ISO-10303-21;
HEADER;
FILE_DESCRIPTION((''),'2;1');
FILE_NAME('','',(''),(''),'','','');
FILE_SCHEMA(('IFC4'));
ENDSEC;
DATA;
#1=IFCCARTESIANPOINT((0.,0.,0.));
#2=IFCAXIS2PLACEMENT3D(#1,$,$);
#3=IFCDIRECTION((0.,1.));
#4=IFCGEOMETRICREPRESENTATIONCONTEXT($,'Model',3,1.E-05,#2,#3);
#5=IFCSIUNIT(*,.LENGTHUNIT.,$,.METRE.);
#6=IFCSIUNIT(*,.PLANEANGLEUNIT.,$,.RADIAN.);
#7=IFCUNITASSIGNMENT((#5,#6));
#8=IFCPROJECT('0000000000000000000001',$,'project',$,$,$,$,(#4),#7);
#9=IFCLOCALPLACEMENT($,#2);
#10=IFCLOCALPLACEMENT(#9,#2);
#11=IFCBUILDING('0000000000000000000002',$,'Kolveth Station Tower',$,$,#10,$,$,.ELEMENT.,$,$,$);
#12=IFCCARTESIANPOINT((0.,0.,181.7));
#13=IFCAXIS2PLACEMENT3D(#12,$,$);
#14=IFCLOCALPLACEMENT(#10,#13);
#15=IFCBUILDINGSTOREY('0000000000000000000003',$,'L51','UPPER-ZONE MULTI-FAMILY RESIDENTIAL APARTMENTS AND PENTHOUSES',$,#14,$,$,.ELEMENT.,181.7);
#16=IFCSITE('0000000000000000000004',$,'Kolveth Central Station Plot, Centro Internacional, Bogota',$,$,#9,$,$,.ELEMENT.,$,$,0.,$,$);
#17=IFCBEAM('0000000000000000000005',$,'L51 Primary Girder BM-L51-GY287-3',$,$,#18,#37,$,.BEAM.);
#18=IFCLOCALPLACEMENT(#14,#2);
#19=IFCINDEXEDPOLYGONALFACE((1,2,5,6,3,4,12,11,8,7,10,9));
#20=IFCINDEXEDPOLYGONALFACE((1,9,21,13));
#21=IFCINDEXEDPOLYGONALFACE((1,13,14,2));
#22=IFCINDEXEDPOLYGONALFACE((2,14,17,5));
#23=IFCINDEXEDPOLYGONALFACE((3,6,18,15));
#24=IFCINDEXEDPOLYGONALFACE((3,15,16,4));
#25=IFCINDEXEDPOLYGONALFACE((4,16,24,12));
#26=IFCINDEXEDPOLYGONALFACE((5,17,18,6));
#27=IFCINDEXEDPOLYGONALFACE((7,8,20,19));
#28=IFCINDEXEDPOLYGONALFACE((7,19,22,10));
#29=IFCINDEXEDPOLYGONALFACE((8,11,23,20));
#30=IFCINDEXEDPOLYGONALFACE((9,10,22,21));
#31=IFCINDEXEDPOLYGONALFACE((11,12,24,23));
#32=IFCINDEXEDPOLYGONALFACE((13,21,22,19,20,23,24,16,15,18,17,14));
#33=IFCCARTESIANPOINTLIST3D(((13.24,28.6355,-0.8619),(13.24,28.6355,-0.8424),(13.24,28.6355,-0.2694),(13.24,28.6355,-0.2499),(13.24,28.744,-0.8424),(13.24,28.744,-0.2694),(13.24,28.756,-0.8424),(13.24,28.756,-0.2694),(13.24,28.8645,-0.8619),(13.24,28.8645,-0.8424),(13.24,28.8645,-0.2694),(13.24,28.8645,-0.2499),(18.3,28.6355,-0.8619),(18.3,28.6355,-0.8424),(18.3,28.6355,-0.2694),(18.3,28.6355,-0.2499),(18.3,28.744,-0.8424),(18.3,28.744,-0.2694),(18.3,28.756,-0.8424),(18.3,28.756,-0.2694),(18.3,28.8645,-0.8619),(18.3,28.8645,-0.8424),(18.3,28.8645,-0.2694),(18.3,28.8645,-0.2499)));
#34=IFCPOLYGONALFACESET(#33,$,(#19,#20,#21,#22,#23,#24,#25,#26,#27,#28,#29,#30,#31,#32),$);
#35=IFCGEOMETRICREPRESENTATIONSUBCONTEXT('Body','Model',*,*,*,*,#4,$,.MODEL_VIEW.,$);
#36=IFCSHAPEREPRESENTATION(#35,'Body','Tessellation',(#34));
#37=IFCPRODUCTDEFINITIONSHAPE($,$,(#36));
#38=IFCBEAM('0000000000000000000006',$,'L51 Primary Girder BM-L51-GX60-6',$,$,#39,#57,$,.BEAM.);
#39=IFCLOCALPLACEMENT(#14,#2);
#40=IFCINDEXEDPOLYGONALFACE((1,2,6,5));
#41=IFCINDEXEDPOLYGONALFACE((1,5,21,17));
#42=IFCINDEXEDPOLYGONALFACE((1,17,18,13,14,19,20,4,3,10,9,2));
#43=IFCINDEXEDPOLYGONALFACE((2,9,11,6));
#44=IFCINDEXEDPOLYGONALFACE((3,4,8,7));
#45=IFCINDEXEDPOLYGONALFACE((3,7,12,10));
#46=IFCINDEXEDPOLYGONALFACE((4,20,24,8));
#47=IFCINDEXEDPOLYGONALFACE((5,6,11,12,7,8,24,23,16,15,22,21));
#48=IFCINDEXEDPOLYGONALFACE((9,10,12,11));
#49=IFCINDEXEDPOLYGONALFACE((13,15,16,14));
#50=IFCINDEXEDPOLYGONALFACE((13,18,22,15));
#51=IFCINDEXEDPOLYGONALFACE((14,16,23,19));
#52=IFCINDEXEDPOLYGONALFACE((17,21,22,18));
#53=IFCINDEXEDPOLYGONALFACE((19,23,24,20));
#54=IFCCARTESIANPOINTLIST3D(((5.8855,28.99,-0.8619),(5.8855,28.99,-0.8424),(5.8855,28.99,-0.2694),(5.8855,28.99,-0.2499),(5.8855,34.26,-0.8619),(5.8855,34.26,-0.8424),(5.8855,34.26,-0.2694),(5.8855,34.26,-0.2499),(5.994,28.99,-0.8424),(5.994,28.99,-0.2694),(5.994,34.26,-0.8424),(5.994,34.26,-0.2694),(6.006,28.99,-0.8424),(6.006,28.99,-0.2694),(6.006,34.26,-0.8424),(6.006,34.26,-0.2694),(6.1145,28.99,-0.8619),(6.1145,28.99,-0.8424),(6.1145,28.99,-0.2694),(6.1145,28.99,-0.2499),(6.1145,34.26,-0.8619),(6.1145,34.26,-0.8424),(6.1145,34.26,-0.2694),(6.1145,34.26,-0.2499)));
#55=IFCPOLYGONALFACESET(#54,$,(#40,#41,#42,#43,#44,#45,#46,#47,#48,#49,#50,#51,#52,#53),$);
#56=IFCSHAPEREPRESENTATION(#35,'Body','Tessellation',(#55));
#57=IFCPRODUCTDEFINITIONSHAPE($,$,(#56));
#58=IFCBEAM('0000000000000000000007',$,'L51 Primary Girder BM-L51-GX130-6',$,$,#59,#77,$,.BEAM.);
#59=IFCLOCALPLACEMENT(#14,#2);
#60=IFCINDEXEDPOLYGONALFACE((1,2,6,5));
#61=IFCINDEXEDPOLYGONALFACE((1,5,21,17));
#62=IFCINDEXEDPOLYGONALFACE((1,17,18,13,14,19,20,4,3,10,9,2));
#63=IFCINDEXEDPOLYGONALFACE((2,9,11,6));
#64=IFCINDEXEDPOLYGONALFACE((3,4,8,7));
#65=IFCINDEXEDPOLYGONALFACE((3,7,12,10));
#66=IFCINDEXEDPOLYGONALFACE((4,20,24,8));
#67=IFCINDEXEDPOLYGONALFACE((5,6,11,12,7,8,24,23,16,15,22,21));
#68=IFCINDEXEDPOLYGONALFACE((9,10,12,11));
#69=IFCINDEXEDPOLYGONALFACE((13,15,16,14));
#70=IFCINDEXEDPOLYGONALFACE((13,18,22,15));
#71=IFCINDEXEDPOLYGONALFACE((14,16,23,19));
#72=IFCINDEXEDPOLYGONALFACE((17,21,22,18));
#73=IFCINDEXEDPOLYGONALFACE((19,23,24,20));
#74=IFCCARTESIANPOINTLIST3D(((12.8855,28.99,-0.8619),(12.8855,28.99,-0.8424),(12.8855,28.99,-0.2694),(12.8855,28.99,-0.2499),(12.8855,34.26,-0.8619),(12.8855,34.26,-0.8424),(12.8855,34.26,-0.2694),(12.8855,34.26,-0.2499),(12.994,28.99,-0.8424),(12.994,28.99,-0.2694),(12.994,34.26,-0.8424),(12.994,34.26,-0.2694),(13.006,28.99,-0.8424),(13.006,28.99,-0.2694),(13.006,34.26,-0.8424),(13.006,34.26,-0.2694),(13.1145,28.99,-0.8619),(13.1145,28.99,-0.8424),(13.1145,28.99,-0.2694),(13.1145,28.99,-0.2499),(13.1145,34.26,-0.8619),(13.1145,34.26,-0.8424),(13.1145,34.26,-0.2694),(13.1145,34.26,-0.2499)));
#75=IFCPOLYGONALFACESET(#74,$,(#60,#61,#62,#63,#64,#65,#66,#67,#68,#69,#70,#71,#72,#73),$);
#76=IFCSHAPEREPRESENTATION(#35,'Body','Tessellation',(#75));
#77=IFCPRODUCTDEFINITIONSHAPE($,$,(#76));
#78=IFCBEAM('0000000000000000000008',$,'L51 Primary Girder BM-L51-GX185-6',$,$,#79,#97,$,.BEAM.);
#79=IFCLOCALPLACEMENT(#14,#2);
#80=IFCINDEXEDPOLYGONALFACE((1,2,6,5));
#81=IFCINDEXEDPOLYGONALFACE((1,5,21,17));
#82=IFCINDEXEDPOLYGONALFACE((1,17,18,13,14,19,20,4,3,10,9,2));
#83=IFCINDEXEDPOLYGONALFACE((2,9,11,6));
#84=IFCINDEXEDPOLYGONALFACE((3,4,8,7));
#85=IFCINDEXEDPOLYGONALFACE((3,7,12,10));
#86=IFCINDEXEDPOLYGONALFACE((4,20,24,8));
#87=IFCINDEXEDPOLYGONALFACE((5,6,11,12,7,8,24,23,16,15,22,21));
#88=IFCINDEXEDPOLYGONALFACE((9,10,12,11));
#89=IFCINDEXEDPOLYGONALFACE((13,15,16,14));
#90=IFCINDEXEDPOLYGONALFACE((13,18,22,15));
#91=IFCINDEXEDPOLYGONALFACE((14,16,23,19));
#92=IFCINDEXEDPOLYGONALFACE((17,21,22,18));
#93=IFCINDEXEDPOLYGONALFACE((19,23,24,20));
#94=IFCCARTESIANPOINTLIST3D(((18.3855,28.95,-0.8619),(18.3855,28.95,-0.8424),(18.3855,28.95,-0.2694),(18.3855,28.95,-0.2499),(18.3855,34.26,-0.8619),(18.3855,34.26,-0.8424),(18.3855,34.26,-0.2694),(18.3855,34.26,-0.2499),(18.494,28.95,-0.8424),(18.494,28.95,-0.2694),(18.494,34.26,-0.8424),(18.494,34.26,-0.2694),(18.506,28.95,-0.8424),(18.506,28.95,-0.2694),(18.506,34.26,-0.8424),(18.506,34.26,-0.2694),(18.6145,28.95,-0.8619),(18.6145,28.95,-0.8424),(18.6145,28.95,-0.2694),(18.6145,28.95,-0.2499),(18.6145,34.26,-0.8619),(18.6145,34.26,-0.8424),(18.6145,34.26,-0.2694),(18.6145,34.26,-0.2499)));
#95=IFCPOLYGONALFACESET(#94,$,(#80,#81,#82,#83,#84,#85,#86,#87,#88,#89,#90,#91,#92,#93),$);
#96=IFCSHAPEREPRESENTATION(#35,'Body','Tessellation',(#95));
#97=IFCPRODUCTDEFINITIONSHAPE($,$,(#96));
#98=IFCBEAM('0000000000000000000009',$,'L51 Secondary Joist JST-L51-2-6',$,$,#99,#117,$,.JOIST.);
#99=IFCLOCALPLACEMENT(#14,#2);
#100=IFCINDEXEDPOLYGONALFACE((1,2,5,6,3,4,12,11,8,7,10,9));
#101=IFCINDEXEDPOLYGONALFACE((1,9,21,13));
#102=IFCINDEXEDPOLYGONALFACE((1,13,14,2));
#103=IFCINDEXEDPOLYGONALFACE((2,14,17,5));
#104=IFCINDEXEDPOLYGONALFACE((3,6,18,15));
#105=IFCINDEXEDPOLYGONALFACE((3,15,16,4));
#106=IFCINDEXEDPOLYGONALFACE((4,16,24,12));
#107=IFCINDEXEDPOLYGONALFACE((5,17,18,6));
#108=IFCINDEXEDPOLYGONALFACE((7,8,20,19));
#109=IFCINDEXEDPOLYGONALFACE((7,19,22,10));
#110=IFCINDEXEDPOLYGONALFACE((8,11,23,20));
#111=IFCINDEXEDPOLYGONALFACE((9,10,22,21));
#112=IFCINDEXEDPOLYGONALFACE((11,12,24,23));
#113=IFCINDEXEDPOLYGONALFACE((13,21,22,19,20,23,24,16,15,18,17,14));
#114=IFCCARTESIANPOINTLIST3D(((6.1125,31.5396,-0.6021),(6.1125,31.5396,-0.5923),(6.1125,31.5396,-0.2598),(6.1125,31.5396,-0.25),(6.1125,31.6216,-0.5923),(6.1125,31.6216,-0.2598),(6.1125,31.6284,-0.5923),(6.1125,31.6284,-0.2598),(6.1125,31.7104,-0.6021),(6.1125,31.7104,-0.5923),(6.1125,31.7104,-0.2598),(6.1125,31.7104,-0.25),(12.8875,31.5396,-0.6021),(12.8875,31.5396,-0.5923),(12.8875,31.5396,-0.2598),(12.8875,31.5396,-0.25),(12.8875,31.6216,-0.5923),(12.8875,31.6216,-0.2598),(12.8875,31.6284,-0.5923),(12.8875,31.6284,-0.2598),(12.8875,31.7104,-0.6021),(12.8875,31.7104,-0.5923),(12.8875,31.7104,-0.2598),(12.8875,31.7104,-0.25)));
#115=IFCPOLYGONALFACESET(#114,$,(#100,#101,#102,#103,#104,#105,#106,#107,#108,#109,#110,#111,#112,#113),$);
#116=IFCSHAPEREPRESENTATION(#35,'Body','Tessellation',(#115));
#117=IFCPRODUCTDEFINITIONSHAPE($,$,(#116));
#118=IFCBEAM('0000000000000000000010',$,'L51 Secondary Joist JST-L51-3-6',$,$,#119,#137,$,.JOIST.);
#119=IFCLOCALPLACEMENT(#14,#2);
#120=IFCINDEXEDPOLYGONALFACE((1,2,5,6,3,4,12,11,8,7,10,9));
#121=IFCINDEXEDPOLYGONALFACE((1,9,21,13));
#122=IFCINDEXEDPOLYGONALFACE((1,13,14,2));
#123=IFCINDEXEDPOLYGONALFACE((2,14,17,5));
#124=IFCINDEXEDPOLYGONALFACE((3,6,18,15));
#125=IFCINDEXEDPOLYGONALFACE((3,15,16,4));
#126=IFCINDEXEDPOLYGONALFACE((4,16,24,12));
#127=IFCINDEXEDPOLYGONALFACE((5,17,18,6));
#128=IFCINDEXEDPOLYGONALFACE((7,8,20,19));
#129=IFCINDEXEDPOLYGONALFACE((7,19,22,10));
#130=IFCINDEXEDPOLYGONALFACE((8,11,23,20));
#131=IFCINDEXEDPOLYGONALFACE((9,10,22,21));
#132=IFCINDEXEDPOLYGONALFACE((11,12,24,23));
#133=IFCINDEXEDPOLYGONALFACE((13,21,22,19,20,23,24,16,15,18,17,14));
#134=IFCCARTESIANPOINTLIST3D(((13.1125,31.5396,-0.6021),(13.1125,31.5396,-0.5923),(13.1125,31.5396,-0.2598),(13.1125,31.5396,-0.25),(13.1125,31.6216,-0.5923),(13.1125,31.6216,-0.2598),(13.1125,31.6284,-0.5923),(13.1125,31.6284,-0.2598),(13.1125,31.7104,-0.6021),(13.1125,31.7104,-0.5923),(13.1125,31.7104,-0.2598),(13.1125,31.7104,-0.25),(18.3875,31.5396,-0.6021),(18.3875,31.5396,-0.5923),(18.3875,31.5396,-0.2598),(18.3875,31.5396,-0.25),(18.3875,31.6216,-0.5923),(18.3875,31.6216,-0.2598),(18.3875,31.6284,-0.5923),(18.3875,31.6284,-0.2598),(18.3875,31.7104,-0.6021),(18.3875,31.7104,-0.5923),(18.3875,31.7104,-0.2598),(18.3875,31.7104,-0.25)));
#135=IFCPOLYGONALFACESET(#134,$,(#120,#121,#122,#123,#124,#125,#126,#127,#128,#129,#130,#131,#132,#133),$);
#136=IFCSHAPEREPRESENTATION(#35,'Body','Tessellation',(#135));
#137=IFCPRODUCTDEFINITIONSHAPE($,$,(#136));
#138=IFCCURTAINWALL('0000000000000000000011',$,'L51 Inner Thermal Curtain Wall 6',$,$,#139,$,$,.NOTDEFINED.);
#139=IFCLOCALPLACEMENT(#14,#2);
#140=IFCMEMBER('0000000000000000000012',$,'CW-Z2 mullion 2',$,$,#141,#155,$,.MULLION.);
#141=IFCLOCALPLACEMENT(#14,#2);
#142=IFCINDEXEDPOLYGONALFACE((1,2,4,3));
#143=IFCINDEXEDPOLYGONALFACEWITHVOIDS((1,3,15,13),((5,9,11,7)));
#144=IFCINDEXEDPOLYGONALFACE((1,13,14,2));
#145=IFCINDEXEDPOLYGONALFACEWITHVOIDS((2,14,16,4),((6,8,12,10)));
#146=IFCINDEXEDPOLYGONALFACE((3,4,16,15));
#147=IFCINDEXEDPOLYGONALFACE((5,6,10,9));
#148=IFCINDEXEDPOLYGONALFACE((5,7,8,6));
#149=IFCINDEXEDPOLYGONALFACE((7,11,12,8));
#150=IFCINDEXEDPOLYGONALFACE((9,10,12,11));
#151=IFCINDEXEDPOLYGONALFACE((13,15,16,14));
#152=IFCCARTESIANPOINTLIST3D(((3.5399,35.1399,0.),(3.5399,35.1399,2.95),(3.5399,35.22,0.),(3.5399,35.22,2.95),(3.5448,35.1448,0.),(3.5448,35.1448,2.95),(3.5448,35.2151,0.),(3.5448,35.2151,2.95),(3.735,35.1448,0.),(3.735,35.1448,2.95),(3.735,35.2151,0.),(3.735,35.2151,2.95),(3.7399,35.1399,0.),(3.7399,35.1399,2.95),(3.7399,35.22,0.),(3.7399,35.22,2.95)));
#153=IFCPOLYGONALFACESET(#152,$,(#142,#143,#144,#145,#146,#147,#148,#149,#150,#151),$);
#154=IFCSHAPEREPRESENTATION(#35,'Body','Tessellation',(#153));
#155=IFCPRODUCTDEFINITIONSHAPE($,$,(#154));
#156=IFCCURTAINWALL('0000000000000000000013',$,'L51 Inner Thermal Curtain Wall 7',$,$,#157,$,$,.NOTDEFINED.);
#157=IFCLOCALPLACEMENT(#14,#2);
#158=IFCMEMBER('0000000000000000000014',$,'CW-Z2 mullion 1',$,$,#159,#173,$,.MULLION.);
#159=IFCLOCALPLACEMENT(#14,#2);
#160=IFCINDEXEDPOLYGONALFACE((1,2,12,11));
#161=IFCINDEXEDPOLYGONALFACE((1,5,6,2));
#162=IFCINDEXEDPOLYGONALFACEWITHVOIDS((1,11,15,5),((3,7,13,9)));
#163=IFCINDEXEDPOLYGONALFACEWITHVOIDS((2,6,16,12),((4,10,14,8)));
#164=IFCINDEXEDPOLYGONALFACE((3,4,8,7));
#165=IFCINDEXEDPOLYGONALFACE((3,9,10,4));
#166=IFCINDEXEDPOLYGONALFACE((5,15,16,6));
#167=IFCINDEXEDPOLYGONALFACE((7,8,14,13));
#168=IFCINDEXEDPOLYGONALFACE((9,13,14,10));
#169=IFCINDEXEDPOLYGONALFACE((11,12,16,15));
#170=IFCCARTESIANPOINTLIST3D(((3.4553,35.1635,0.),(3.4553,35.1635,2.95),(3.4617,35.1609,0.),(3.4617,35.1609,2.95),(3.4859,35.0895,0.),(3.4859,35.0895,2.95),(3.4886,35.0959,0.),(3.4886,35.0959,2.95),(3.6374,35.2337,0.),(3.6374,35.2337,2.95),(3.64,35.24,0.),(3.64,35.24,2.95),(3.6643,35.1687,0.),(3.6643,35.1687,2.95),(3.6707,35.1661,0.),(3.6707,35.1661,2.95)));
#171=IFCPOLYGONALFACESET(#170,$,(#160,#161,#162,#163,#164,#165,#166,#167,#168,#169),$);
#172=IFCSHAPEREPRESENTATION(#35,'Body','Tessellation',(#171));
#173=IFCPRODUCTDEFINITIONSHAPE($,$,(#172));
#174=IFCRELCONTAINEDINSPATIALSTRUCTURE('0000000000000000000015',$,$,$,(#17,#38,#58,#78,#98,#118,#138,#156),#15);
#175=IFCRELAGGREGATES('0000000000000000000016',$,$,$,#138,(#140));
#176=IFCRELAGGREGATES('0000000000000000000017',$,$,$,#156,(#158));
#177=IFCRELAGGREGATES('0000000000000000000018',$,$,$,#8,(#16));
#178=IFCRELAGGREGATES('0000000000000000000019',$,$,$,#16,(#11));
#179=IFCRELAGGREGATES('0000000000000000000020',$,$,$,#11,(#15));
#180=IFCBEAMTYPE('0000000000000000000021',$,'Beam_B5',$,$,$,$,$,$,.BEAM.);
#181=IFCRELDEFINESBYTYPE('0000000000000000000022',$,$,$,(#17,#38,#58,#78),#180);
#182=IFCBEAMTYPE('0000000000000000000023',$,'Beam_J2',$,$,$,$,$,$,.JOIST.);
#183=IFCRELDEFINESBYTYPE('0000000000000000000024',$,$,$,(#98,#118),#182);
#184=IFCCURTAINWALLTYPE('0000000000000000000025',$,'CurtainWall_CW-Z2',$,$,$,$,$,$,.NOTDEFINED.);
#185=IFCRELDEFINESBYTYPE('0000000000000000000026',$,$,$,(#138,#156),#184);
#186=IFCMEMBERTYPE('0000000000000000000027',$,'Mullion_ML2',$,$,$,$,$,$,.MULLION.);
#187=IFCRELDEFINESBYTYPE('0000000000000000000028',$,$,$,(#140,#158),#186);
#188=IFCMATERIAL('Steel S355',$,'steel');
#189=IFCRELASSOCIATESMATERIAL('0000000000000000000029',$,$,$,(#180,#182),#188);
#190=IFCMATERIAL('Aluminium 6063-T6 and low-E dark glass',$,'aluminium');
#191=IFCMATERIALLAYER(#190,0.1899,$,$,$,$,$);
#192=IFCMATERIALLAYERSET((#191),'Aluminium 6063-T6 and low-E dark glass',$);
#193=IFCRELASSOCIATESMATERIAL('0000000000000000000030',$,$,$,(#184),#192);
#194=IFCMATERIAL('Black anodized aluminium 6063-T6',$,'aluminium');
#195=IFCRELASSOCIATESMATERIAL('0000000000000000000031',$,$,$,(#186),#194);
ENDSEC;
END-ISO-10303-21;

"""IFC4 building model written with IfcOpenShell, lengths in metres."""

from ifc_helpers import new_model, si_unit, direction, frame, origin, origin_2d, place, context, subcontext, project, spatial, hollow_rectangle, i_section, extrude, source, transform, mapped, material, layer, layer_set, material_profile, profile_set, type_object, element, aggregate, save


model = new_model("IFC4")

# Units and contexts
model_context = context("Model", 3, precision=1e-05, world=origin(), true_north=direction((0.0, 1.0)))
body_context = subcontext(model_context, "Body", "Model", "MODEL_VIEW")
ifc_project = project(units=[si_unit("LENGTHUNIT", "METRE"), si_unit("PLANEANGLEUNIT", "RADIAN")], contexts=[model_context])

# Site, building, storey
site_placement = place(None, origin())
site = spatial("IfcSite", under=ifc_project, at=site_placement, Name="Kolveth Central Station Plot, Centro Internacional, Bogota", CompositionType="ELEMENT", RefElevation=0.0)
building_placement = place(site_placement, origin())
building = spatial("IfcBuilding", under=site, at=building_placement, Name="Kolveth Station Tower", CompositionType="ELEMENT")
storey_placement = place(building_placement, frame((0.0, 0.0, 181.7)))
storey = spatial("IfcBuildingStorey", under=building, at=storey_placement, Name="L51", Description="UPPER-ZONE MULTI-FAMILY RESIDENTIAL APARTMENTS AND PENTHOUSES", CompositionType="ELEMENT", Elevation=181.7)

# Shared definitions
ifc_material_1 = material(Name="Steel S355", Category="steel")

# Beams
ifc_material_profile_1 = material_profile(ifc_material_1, i_section(OverallWidth=0.229, OverallDepth=0.6121, WebThickness=0.012, FlangeThickness=0.0195, at=origin_2d()), Name="W610x125")
ifc_profile_set_1 = profile_set([ifc_material_profile_1], Name="Steel S355")
beam_type_1 = type_object("IfcBeamType", Name="Beam_B5", PredefinedType="BEAM", material=ifc_profile_set_1)
shared_shape_1 = source(origin(), body_context, "Body", "SweptSolid", [
    extrude(i_section(OverallWidth=0.229, OverallDepth=0.6121, WebThickness=0.012, FlangeThickness=0.0195, at=origin_2d()), origin(), (0.0, 0.0, 1.0), 5.0601),
])
beam_1_placement = place(storey_placement, frame((13.24, 28.75, -0.5559), z_axis=(1.0, 0.0, 0.0), x_axis=(0.0, 1.0, 0.0)))
element("IfcBeam", 1, at=beam_1_placement, inside=storey, type_object=beam_type_1, Name="L51 Primary Girder BM-L51-GY287-3", PredefinedType="BEAM", context=body_context, shape_type="MappedRepresentation", body=[
    mapped(shared_shape_1, transform((0.0, 0.0, 0.0), x_axis=(1.0, 0.0, 0.0), y_axis=(0.0, 1.0, 0.0), z_axis=(0.0, 0.0, 1.0), scale=1.0)),
])
shared_shape_2 = source(origin(), body_context, "Body", "SweptSolid", [
    extrude(i_section(OverallWidth=0.229, OverallDepth=0.6121, WebThickness=0.012, FlangeThickness=0.0195, at=origin_2d()), origin(), (0.0, 0.0, 1.0), 5.27),
])
for number, where, z_axis, x_axis, name in (
    (2, (6.0, 28.99, -0.5559), (0.0, 1.0, 0.0), (-1.0, 0.0, 0.0), "L51 Primary Girder BM-L51-GX60-6"),
    (3, (13.0, 28.99, -0.5559), (0.0, 1.0, 0.0), (-1.0, 0.0, 0.0), "L51 Primary Girder BM-L51-GX130-6"),
):
    element("IfcBeam", number, at=place(storey_placement, frame(where, z_axis=z_axis, x_axis=x_axis)), inside=storey, type_object=beam_type_1, Name=name, PredefinedType="BEAM", context=body_context, shape_type="MappedRepresentation", body=[
        mapped(shared_shape_2, transform((0.0, 0.0, 0.0), x_axis=(1.0, 0.0, 0.0), y_axis=(0.0, 1.0, 0.0), z_axis=(0.0, 0.0, 1.0), scale=1.0)),
    ])
shared_shape_3 = source(origin(), body_context, "Body", "SweptSolid", [
    extrude(i_section(OverallWidth=0.229, OverallDepth=0.6121, WebThickness=0.012, FlangeThickness=0.0195, at=origin_2d()), origin(), (0.0, 0.0, 1.0), 5.3101),
])
beam_2_placement = place(storey_placement, frame((18.5, 28.95, -0.5559), z_axis=(0.0, 1.0, 0.0), x_axis=(-1.0, 0.0, 0.0)))
element("IfcBeam", 4, at=beam_2_placement, inside=storey, type_object=beam_type_1, Name="L51 Primary Girder BM-L51-GX185-6", PredefinedType="BEAM", context=body_context, shape_type="MappedRepresentation", body=[
    mapped(shared_shape_3, transform((0.0, 0.0, 0.0), x_axis=(1.0, 0.0, 0.0), y_axis=(0.0, 1.0, 0.0), z_axis=(0.0, 0.0, 1.0), scale=1.0)),
])
ifc_material_profile_2 = material_profile(ifc_material_1, i_section(OverallWidth=0.1709, OverallDepth=0.3521, WebThickness=0.0068, FlangeThickness=0.0098, at=origin_2d()), Name="W360x44")
ifc_profile_set_2 = profile_set([ifc_material_profile_2], Name="Steel S355")
beam_type_2 = type_object("IfcBeamType", Name="Beam_J2", PredefinedType="JOIST", material=ifc_profile_set_2)
shared_shape_4 = source(origin(), body_context, "Body", "SweptSolid", [
    extrude(i_section(OverallWidth=0.1709, OverallDepth=0.3521, WebThickness=0.0068, FlangeThickness=0.0098, at=origin_2d()), origin(), (0.0, 0.0, 1.0), 6.7749),
])
beam_3_placement = place(storey_placement, frame((6.1125, 31.625, -0.426), z_axis=(1.0, 0.0, 0.0), x_axis=(0.0, 1.0, 0.0)))
element("IfcBeam", 5, at=beam_3_placement, inside=storey, type_object=beam_type_2, Name="L51 Secondary Joist JST-L51-2-6", PredefinedType="JOIST", context=body_context, shape_type="MappedRepresentation", body=[
    mapped(shared_shape_4, transform((0.0, 0.0, 0.0), x_axis=(1.0, 0.0, 0.0), y_axis=(0.0, 1.0, 0.0), z_axis=(0.0, 0.0, 1.0), scale=1.0)),
])
shared_shape_5 = source(origin(), body_context, "Body", "SweptSolid", [
    extrude(i_section(OverallWidth=0.1709, OverallDepth=0.3521, WebThickness=0.0068, FlangeThickness=0.0098, at=origin_2d()), origin(), (0.0, 0.0, 1.0), 5.2749),
])
beam_4_placement = place(storey_placement, frame((13.1125, 31.625, -0.426), z_axis=(1.0, 0.0, 0.0), x_axis=(0.0, 1.0, 0.0)))
element("IfcBeam", 6, at=beam_4_placement, inside=storey, type_object=beam_type_2, Name="L51 Secondary Joist JST-L51-3-6", PredefinedType="JOIST", context=body_context, shape_type="MappedRepresentation", body=[
    mapped(shared_shape_5, transform((0.0, 0.0, 0.0), x_axis=(1.0, 0.0, 0.0), y_axis=(0.0, 1.0, 0.0), z_axis=(0.0, 0.0, 1.0), scale=1.0)),
])

# Curtain wall, member
ifc_material_2 = material(Name="Aluminium 6063-T6 and low-E dark glass", Category="aluminium")
ifc_layer_1 = layer(ifc_material_2, 0.1899)
ifc_layer_set_1 = layer_set([ifc_layer_1], Name="Aluminium 6063-T6 and low-E dark glass")
curtain_wall_type = type_object("IfcCurtainWallType", Name="CurtainWall_CW-Z2", PredefinedType="NOTDEFINED", material=ifc_layer_set_1)
curtain_wall_1_placement = place(storey_placement, origin())
curtain_wall_1 = element("IfcCurtainWall", 7, at=curtain_wall_1_placement, inside=storey, type_object=curtain_wall_type, Name="L51 Inner Thermal Curtain Wall 6", PredefinedType="NOTDEFINED")
ifc_material_3 = material(Name="Black anodized aluminium 6063-T6", Category="aluminium")
ifc_material_profile_3 = material_profile(ifc_material_3, hollow_rectangle(XDim=0.0801, YDim=0.2, WallThickness=0.0049, at=origin_2d()), Name="ALU-80x200x5")
ifc_profile_set_3 = profile_set([ifc_material_profile_3], Name="Black anodized aluminium 6063-T6")
member_type_1 = type_object("IfcMemberType", Name="Mullion_ML2", PredefinedType="MULLION", material=ifc_profile_set_3)
shared_shape_6 = source(origin(), body_context, "Body", "SweptSolid", [
    extrude(hollow_rectangle(XDim=0.0801, YDim=0.2, WallThickness=0.0049, at=origin_2d()), origin(), (0.0, 0.0, 1.0), 2.95),
])
member_1_placement = place(storey_placement, frame((3.6399, 35.1799, 0.0), z_axis=(0.0, 0.0, 1.0), x_axis=(0.0, -1.0, 0.0)))
member_1 = element("IfcMember", 8, at=member_1_placement, type_object=member_type_1, Name="CW-Z2 mullion 2", PredefinedType="MULLION", context=body_context, shape_type="MappedRepresentation", body=[
    mapped(shared_shape_6, transform((0.0, 0.0, 0.0), x_axis=(1.0, 0.0, 0.0), y_axis=(0.0, 1.0, 0.0), z_axis=(0.0, 0.0, 1.0), scale=1.0)),
])
aggregate(curtain_wall_1, [member_1])

# Curtain wall, member
curtain_wall_2_placement = place(storey_placement, origin())
curtain_wall_2 = element("IfcCurtainWall", 9, at=curtain_wall_2_placement, inside=storey, type_object=curtain_wall_type, Name="L51 Inner Thermal Curtain Wall 7", PredefinedType="NOTDEFINED")
member_2_placement = place(storey_placement, frame((3.563, 35.1648, 0.0), z_axis=(0.0, 0.0, 1.0), x_axis=(0.382698, -0.923874, 0.0)))
member_2 = element("IfcMember", 10, at=member_2_placement, type_object=member_type_1, Name="CW-Z2 mullion 1", PredefinedType="MULLION", context=body_context, shape_type="MappedRepresentation", body=[
    mapped(shared_shape_6, transform((0.0, 0.0, 0.0), x_axis=(1.0, 0.0, 0.0), y_axis=(0.0, 1.0, 0.0), z_axis=(0.0, 0.0, 1.0), scale=1.0)),
])
aggregate(curtain_wall_2, [member_2])

save(model, "model.ifc")
